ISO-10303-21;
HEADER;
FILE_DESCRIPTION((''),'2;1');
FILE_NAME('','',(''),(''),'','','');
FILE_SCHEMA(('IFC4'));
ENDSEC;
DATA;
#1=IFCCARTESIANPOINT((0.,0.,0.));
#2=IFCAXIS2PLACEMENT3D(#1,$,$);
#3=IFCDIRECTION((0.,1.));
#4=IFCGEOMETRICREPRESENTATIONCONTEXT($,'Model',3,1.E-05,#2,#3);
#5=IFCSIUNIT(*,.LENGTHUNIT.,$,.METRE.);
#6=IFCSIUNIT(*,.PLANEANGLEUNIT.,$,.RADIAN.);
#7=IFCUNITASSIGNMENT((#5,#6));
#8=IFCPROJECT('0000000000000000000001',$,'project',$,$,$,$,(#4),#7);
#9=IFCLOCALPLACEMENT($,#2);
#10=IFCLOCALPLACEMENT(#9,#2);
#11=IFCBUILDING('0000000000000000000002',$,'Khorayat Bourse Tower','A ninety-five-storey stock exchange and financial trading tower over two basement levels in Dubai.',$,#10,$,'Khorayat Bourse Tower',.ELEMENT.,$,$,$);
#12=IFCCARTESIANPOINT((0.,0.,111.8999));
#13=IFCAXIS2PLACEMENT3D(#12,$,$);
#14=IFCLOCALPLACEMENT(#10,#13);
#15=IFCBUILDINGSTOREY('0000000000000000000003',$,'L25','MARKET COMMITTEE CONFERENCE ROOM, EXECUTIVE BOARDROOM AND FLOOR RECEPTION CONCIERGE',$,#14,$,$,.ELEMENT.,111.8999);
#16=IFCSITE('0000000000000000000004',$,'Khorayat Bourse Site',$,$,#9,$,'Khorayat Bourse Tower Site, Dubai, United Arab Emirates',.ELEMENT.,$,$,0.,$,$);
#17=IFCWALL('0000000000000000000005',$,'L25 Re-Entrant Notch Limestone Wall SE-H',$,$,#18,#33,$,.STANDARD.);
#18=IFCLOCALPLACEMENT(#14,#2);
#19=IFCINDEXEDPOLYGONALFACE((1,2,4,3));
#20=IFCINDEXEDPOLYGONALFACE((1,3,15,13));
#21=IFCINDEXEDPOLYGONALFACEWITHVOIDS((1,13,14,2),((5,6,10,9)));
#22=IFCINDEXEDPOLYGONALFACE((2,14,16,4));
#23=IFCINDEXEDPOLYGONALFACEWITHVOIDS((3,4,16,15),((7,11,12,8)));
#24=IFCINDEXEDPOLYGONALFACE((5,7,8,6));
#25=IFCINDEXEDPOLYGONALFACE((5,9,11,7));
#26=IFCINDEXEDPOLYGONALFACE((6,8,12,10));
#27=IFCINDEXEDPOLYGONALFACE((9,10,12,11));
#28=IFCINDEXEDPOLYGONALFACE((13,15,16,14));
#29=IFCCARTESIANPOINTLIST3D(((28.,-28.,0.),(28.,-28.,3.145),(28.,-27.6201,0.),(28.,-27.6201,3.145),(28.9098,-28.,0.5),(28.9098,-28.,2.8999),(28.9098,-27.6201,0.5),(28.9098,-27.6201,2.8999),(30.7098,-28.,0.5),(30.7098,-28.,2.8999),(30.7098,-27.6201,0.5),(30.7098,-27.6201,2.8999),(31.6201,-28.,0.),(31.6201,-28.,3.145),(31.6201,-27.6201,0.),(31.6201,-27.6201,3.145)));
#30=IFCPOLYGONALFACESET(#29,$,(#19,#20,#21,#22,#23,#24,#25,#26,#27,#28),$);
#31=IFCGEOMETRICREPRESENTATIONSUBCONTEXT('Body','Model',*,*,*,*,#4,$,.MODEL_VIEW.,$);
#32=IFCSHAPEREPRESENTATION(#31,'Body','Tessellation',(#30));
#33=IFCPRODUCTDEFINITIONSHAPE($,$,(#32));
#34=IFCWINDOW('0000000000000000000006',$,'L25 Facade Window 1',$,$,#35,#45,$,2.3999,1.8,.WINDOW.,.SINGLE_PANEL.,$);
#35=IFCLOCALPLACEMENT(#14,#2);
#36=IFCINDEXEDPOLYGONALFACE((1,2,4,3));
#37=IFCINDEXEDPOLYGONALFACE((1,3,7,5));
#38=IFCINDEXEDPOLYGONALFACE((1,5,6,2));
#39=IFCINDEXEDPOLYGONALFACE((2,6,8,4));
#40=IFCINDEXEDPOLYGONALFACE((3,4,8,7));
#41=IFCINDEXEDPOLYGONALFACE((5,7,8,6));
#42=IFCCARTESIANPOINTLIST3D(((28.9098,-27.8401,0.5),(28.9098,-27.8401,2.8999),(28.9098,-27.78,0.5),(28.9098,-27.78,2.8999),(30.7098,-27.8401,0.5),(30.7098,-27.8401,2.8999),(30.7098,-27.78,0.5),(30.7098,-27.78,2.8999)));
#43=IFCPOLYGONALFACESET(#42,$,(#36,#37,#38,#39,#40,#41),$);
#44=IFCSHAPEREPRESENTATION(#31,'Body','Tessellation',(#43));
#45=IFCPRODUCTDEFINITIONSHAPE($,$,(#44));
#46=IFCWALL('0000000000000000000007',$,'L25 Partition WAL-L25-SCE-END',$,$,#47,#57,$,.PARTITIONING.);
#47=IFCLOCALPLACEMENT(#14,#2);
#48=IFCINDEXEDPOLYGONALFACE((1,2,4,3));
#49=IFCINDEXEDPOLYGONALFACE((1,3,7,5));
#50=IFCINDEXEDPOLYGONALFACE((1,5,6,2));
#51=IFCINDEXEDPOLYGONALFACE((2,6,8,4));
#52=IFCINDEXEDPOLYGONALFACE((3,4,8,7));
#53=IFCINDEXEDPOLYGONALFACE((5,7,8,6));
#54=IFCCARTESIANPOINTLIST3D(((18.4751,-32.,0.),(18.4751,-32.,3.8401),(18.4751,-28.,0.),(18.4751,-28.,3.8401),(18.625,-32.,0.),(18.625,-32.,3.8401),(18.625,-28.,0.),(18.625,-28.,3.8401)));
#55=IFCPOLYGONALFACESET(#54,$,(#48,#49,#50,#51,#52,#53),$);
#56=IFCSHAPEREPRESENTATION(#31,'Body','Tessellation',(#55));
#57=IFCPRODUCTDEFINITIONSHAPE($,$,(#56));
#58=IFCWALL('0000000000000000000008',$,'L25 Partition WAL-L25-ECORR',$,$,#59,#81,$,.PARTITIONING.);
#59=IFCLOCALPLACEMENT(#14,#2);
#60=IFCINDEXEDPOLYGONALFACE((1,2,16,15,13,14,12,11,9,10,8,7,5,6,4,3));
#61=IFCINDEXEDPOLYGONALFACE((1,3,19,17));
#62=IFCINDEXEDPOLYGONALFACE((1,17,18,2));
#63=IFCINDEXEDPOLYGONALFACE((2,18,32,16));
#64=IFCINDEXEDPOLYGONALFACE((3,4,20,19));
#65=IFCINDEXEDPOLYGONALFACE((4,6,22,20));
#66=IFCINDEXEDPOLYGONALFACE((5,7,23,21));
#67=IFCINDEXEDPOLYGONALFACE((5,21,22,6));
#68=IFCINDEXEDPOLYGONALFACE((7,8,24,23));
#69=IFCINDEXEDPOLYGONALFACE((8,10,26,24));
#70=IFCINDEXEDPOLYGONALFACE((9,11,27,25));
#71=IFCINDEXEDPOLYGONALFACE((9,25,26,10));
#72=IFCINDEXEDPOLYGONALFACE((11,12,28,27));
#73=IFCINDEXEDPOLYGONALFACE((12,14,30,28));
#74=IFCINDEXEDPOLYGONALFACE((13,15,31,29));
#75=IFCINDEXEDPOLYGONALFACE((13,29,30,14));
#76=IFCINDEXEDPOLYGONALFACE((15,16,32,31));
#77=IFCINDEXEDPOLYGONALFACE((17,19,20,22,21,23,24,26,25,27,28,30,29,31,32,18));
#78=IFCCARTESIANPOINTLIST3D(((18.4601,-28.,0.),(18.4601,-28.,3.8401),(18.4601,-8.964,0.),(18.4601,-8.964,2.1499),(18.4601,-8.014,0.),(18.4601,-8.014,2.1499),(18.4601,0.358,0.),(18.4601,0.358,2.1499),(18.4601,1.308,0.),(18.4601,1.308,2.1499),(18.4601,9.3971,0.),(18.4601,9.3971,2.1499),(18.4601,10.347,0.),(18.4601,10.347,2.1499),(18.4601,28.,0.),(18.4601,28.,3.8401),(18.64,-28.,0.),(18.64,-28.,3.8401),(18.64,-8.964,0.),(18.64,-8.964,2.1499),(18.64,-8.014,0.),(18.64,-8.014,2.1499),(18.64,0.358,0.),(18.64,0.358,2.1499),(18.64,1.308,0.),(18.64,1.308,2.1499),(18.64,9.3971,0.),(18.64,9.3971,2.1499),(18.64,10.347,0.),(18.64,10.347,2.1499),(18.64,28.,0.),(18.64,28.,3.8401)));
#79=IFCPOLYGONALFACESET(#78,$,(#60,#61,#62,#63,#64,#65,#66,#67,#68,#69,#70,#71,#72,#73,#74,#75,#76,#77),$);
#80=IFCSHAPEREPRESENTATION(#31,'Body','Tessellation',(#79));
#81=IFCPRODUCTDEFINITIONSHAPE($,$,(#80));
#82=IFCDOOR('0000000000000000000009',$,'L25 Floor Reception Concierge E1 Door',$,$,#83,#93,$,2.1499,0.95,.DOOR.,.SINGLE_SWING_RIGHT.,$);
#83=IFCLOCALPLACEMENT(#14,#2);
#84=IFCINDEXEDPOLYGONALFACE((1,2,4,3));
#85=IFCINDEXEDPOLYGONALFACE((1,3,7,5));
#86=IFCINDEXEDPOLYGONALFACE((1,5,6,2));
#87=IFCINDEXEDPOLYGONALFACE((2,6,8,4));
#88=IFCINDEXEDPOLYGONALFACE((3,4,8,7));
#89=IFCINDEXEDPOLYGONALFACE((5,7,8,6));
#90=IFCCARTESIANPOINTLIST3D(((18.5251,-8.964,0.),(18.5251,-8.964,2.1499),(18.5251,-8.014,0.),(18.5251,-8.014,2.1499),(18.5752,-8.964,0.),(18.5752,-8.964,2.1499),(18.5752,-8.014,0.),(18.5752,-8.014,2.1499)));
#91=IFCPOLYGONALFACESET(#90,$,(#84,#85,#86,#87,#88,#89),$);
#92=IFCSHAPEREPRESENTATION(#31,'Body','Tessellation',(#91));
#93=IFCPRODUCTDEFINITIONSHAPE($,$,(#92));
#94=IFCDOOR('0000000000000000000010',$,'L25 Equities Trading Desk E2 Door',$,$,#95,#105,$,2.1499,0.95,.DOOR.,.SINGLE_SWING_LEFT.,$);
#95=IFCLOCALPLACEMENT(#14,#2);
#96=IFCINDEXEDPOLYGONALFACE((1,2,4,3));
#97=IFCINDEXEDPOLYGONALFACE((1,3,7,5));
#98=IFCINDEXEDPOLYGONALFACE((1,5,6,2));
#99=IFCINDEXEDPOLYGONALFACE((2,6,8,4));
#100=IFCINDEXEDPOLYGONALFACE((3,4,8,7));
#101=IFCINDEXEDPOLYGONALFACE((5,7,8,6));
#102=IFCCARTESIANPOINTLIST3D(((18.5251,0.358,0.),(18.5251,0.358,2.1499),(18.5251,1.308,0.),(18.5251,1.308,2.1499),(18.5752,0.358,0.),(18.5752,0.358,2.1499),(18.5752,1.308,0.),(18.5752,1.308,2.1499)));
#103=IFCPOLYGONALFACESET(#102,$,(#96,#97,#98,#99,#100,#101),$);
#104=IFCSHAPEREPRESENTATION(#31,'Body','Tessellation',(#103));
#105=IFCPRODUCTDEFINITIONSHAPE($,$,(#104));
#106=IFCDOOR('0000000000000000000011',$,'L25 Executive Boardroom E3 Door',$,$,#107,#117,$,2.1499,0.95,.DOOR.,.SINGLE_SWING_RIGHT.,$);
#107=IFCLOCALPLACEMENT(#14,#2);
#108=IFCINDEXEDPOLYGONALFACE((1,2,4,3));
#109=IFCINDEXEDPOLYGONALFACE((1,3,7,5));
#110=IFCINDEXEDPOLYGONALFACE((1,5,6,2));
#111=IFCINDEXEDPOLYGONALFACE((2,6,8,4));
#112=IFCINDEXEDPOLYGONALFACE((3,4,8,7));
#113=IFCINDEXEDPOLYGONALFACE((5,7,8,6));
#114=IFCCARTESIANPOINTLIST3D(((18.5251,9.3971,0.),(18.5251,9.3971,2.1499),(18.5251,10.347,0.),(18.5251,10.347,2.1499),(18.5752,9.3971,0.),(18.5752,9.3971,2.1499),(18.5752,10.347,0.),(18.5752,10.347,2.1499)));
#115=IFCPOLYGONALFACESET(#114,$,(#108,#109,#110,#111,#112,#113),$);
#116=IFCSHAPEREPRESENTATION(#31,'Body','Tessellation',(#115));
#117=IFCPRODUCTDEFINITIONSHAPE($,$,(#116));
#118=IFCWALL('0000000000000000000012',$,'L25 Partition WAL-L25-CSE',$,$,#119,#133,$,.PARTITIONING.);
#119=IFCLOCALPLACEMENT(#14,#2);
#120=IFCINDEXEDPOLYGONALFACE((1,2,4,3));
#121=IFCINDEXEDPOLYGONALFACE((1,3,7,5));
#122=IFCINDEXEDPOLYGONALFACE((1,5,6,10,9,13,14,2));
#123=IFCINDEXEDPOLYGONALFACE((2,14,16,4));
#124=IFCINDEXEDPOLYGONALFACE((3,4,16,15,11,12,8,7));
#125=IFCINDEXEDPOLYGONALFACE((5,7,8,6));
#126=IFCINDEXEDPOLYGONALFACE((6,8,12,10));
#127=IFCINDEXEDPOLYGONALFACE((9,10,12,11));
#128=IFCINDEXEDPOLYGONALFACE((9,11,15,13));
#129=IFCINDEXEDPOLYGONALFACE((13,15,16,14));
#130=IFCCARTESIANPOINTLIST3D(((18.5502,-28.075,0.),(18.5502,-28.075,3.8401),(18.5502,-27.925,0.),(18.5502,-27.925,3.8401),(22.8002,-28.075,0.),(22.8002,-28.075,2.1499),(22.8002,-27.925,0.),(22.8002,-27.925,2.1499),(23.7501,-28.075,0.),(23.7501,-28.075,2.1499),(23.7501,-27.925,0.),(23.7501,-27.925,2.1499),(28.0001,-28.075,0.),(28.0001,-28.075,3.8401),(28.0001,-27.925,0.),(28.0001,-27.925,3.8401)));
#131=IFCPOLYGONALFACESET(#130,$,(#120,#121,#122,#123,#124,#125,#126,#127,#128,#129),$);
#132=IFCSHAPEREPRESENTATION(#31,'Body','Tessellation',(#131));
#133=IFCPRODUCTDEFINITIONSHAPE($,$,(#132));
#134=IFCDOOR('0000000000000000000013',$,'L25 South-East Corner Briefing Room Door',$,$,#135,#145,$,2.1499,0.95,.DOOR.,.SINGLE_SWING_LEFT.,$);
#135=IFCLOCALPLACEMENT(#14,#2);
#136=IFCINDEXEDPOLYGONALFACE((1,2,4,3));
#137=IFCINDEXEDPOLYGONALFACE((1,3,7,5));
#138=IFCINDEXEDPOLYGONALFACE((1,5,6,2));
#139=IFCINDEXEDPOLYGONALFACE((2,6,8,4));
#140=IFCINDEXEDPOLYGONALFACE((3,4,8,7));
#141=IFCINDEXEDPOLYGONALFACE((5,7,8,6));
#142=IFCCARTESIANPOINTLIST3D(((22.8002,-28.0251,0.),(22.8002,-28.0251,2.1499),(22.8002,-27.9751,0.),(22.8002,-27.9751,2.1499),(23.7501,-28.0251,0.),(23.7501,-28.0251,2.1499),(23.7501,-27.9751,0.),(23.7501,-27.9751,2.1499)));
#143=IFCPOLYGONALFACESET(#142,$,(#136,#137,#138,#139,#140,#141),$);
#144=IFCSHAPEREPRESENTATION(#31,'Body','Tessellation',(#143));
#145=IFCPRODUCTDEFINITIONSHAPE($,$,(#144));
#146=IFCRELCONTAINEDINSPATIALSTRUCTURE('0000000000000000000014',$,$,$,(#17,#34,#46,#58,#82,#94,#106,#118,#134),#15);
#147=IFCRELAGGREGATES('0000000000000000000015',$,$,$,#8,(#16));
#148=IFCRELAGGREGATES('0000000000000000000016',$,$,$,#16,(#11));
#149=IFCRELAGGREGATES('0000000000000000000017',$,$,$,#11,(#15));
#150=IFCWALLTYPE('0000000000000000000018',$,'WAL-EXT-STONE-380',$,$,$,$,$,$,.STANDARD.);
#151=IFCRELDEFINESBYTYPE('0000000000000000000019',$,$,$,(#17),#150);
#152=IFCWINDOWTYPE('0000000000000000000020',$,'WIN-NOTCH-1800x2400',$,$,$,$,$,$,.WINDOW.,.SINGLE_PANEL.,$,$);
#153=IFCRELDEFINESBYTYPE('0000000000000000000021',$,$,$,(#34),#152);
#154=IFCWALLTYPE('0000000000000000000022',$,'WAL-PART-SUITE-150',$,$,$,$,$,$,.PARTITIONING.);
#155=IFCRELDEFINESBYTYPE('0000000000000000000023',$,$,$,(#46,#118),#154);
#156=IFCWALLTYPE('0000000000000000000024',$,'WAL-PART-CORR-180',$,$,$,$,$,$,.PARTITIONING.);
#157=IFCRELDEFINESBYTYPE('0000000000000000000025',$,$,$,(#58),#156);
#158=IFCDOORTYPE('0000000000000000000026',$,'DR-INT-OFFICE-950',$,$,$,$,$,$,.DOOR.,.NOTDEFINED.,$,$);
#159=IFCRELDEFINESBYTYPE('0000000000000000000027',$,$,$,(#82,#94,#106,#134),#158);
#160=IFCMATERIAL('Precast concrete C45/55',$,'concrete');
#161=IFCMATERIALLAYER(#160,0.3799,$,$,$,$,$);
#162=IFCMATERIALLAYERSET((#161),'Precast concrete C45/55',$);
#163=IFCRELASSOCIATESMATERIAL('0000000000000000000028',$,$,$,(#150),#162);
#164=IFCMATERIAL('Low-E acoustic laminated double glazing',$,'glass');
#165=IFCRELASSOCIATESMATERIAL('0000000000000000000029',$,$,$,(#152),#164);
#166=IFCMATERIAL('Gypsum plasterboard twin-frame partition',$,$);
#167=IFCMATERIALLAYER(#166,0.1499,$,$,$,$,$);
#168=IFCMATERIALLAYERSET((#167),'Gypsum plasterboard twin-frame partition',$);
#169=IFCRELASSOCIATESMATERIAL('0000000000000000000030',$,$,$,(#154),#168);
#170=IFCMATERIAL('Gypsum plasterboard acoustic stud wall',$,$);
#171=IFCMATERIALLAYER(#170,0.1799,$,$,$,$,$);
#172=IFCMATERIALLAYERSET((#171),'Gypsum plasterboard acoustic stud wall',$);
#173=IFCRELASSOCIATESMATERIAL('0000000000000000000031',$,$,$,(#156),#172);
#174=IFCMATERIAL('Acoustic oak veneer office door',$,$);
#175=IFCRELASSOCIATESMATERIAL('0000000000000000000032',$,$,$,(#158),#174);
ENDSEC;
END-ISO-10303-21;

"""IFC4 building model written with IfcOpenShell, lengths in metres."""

from ifc_helpers import new_model, si_unit, direction, frame, frame_2d, origin, place, context, subcontext, project, spatial, rectangle, extrude, source, transform, mapped, material, layer, layer_set, type_object, element, fill, save


model = new_model("IFC4")

# Units and contexts
model_context = context("Model", 3, precision=1e-05, world=origin(), true_north=direction((0.0, 1.0)))
body_context = subcontext(model_context, "Body", "Model", "MODEL_VIEW")
ifc_project = project(units=[si_unit("LENGTHUNIT", "METRE"), si_unit("PLANEANGLEUNIT", "RADIAN")], contexts=[model_context])

# Site, building, storey
site_placement = place(None, origin())
site = spatial("IfcSite", under=ifc_project, at=site_placement, Name="Khorayat Bourse Site", LongName="Khorayat Bourse Tower Site, Dubai, United Arab Emirates", CompositionType="ELEMENT", RefElevation=0.0)
building_placement = place(site_placement, origin())
building = spatial("IfcBuilding", under=site, at=building_placement, Name="Khorayat Bourse Tower", Description="A ninety-five-storey stock exchange and financial trading tower over two basement levels in Dubai.", LongName="Khorayat Bourse Tower", CompositionType="ELEMENT")
storey_placement = place(building_placement, frame((0.0, 0.0, 111.8999)))
storey = spatial("IfcBuildingStorey", under=building, at=storey_placement, Name="L25", Description="MARKET COMMITTEE CONFERENCE ROOM, EXECUTIVE BOARDROOM AND FLOOR RECEPTION CONCIERGE", CompositionType="ELEMENT", Elevation=111.8999)

# Wall, opening, window
ifc_material_1 = material(Name="Precast concrete C45/55", Category="concrete")
ifc_layer_1 = layer(ifc_material_1, 0.3799)
ifc_layer_set_1 = layer_set([ifc_layer_1], Name="Precast concrete C45/55")
wall_type_1 = type_object("IfcWallType", Name="WAL-EXT-STONE-380", PredefinedType="STANDARD", material=ifc_layer_set_1)
shared_shape_1 = source(origin(), body_context, "Body", "SweptSolid", [
    extrude(rectangle(XDim=3.6201, YDim=0.3799, at=frame_2d((1.8101, 0.0))), origin(), (0.0, 0.0, 1.0), 3.145),
])
shared_shape_2 = source(origin(), body_context, "Body", "SweptSolid", [
    extrude(rectangle(XDim=1.8, YDim=2.3999, at=frame_2d((0.8999, 1.2))), frame((0.0, 0.2, 0.0), z_axis=(0.0, -1.0, 0.0), x_axis=(1.0, 0.0, 0.0)), (0.0, 0.0, 1.0), 0.3999),
])
ifc_material_2 = material(Name="Low-E acoustic laminated double glazing", Category="glass")
window_type = type_object("IfcWindowType", Name="WIN-NOTCH-1800x2400", PartitioningType="SINGLE_PANEL", PredefinedType="WINDOW", material=ifc_material_2)
shared_shape_3 = source(origin(), body_context, "Body", "SweptSolid", [
    extrude(rectangle(XDim=1.8, YDim=2.3999, at=frame_2d((0.8999, 1.2))), frame((0.0, 0.03, 0.0), z_axis=(0.0, -1.0, 0.0), x_axis=(1.0, 0.0, 0.0)), (0.0, 0.0, 1.0), 0.0601),
])
wall_1_placement = place(storey_placement, frame((28.0, -27.8101, 0.0), z_axis=(0.0, 0.0, 1.0), x_axis=(1.0, 0.0, 0.0)))
wall_1 = element("IfcWall", 1, at=wall_1_placement, inside=storey, type_object=wall_type_1, Name="L25 Re-Entrant Notch Limestone Wall SE-H", PredefinedType="STANDARD", context=body_context, shape_type="MappedRepresentation", body=[
    mapped(shared_shape_1, transform((0.0, 0.0, 0.0), scale=1.0)),
])
opening_1_placement = place(wall_1_placement, frame((0.9099, 0.0, 0.5)))
opening_1 = element("IfcOpeningElement", 2, at=opening_1_placement, cuts=wall_1, PredefinedType="OPENING", context=body_context, shape_type="MappedRepresentation", body=[
    mapped(shared_shape_2, transform((0.0, 0.0, 0.0), scale=1.0)),
])
window_1_placement = place(opening_1_placement, origin())
window_1 = element("IfcWindow", 3, at=window_1_placement, inside=storey, type_object=window_type, Name="L25 Facade Window 1", OverallHeight=2.3999, OverallWidth=1.8, PartitioningType="SINGLE_PANEL", PredefinedType="WINDOW", context=body_context, shape_type="MappedRepresentation", body=[
    mapped(shared_shape_3, transform((0.0, 0.0, 0.0), scale=1.0)),
])
fill(opening_1, window_1)

# Wall
ifc_material_3 = material(Name="Gypsum plasterboard twin-frame partition")
ifc_layer_2 = layer(ifc_material_3, 0.1499)
ifc_layer_set_2 = layer_set([ifc_layer_2], Name="Gypsum plasterboard twin-frame partition")
wall_type_2 = type_object("IfcWallType", Name="WAL-PART-SUITE-150", PredefinedType="PARTITIONING", material=ifc_layer_set_2)
shared_shape_4 = source(origin(), body_context, "Body", "SweptSolid", [
    extrude(rectangle(XDim=4.0, YDim=0.1499, at=frame_2d((2.0, 0.0))), origin(), (0.0, 0.0, 1.0), 3.8401),
])
wall_2_placement = place(storey_placement, frame((18.55, -32.0, 0.0), z_axis=(0.0, 0.0, 1.0), x_axis=(0.0, 1.0, 0.0)))
element("IfcWall", 4, at=wall_2_placement, inside=storey, type_object=wall_type_2, Name="L25 Partition WAL-L25-SCE-END", PredefinedType="PARTITIONING", context=body_context, shape_type="MappedRepresentation", body=[
    mapped(shared_shape_4, transform((0.0, 0.0, 0.0), scale=1.0)),
])

# Wall, openings, doors
ifc_material_4 = material(Name="Gypsum plasterboard acoustic stud wall")
ifc_layer_3 = layer(ifc_material_4, 0.1799)
ifc_layer_set_3 = layer_set([ifc_layer_3], Name="Gypsum plasterboard acoustic stud wall")
wall_type_3 = type_object("IfcWallType", Name="WAL-PART-CORR-180", PredefinedType="PARTITIONING", material=ifc_layer_set_3)
shared_shape_5 = source(origin(), body_context, "Body", "SweptSolid", [
    extrude(rectangle(XDim=56.0, YDim=0.1799, at=frame_2d((28.0, 0.0))), origin(), (0.0, 0.0, 1.0), 3.8401),
])
wall_3_placement = place(storey_placement, frame((18.55, -28.0, 0.0), z_axis=(0.0, 0.0, 1.0), x_axis=(0.0, 1.0, 0.0)))
wall_3 = element("IfcWall", 5, at=wall_3_placement, inside=storey, type_object=wall_type_3, Name="L25 Partition WAL-L25-ECORR", PredefinedType="PARTITIONING", context=body_context, shape_type="MappedRepresentation", body=[
    mapped(shared_shape_5, transform((0.0, 0.0, 0.0), scale=1.0)),
])
shared_shape_6 = source(origin(), body_context, "Body", "SweptSolid", [
    extrude(rectangle(XDim=0.95, YDim=2.1499, at=frame_2d((0.4751, 1.075))), frame((0.0, 0.0999, 0.0), z_axis=(0.0, -1.0, 0.0), x_axis=(1.0, 0.0, 0.0)), (0.0, 0.0, 1.0), 0.2),
])
opening_2_placement = place(wall_3_placement, frame((19.0359, 0.0, 0.0)))
opening_2 = element("IfcOpeningElement", 6, at=opening_2_placement, cuts=wall_3, PredefinedType="OPENING", context=body_context, shape_type="MappedRepresentation", body=[
    mapped(shared_shape_6, transform((0.0, 0.0, 0.0), scale=1.0)),
])
opening_3_placement = place(wall_3_placement, frame((28.3579, 0.0, 0.0)))
opening_3 = element("IfcOpeningElement", 7, at=opening_3_placement, cuts=wall_3, PredefinedType="OPENING", context=body_context, shape_type="MappedRepresentation", body=[
    mapped(shared_shape_6, transform((0.0, 0.0, 0.0), scale=1.0)),
])
opening_4_placement = place(wall_3_placement, frame((37.397, 0.0, 0.0)))
opening_4 = element("IfcOpeningElement", 8, at=opening_4_placement, cuts=wall_3, PredefinedType="OPENING", context=body_context, shape_type="MappedRepresentation", body=[
    mapped(shared_shape_6, transform((0.0, 0.0, 0.0), scale=1.0)),
])
ifc_material_5 = material(Name="Acoustic oak veneer office door")
door_type = type_object("IfcDoorType", Name="DR-INT-OFFICE-950", OperationType="NOTDEFINED", PredefinedType="DOOR", material=ifc_material_5)
shared_shape_7 = source(origin(), body_context, "Body", "SweptSolid", [
    extrude(rectangle(XDim=0.95, YDim=2.1499, at=frame_2d((0.4751, 1.075))), frame((0.0, 0.0249, 0.0), z_axis=(0.0, -1.0, 0.0), x_axis=(1.0, 0.0, 0.0)), (0.0, 0.0, 1.0), 0.05),
])
door_1_placement = place(opening_2_placement, origin())
door_1 = element("IfcDoor", 9, at=door_1_placement, inside=storey, type_object=door_type, Name="L25 Floor Reception Concierge E1 Door", OperationType="SINGLE_SWING_RIGHT", OverallHeight=2.1499, OverallWidth=0.95, PredefinedType="DOOR", context=body_context, shape_type="MappedRepresentation", body=[
    mapped(shared_shape_7, transform((0.0, 0.0, 0.0), scale=1.0)),
])
fill(opening_2, door_1)
door_2_placement = place(opening_3_placement, origin())
door_2 = element("IfcDoor", 10, at=door_2_placement, inside=storey, type_object=door_type, Name="L25 Equities Trading Desk E2 Door", OperationType="SINGLE_SWING_LEFT", OverallHeight=2.1499, OverallWidth=0.95, PredefinedType="DOOR", context=body_context, shape_type="MappedRepresentation", body=[
    mapped(shared_shape_7, transform((0.0, 0.0, 0.0), scale=1.0)),
])
fill(opening_3, door_2)
door_3_placement = place(opening_4_placement, origin())
door_3 = element("IfcDoor", 11, at=door_3_placement, inside=storey, type_object=door_type, Name="L25 Executive Boardroom E3 Door", OperationType="SINGLE_SWING_RIGHT", OverallHeight=2.1499, OverallWidth=0.95, PredefinedType="DOOR", context=body_context, shape_type="MappedRepresentation", body=[
    mapped(shared_shape_7, transform((0.0, 0.0, 0.0), scale=1.0)),
])
fill(opening_4, door_3)

# Wall, opening, door
shared_shape_8 = source(origin(), body_context, "Body", "SweptSolid", [
    extrude(rectangle(XDim=9.45, YDim=0.1499, at=frame_2d((4.7251, 0.0))), origin(), (0.0, 0.0, 1.0), 3.8401),
])
wall_4_placement = place(storey_placement, frame((18.55, -28.0, 0.0), z_axis=(0.0, 0.0, 1.0), x_axis=(1.0, 0.0, 0.0)))
wall_4 = element("IfcWall", 12, at=wall_4_placement, inside=storey, type_object=wall_type_2, Name="L25 Partition WAL-L25-CSE", PredefinedType="PARTITIONING", context=body_context, shape_type="MappedRepresentation", body=[
    mapped(shared_shape_8, transform((0.0, 0.0, 0.0), scale=1.0)),
])
shared_shape_9 = source(origin(), body_context, "Body", "SweptSolid", [
    extrude(rectangle(XDim=0.95, YDim=2.1499, at=frame_2d((0.4751, 1.075))), frame((0.0, 0.085, 0.0), z_axis=(0.0, -1.0, 0.0), x_axis=(1.0, 0.0, 0.0)), (0.0, 0.0, 1.0), 0.1699),
])
opening_5_placement = place(wall_4_placement, frame((4.25, 0.0, 0.0)))
opening_5 = element("IfcOpeningElement", 13, at=opening_5_placement, cuts=wall_4, PredefinedType="OPENING", context=body_context, shape_type="MappedRepresentation", body=[
    mapped(shared_shape_9, transform((0.0, 0.0, 0.0), scale=1.0)),
])
door_4_placement = place(opening_5_placement, origin())
door_4 = element("IfcDoor", 14, at=door_4_placement, inside=storey, type_object=door_type, Name="L25 South-East Corner Briefing Room Door", OperationType="SINGLE_SWING_LEFT", OverallHeight=2.1499, OverallWidth=0.95, PredefinedType="DOOR", context=body_context, shape_type="MappedRepresentation", body=[
    mapped(shared_shape_7, transform((0.0, 0.0, 0.0), scale=1.0)),
])
fill(opening_5, door_4)

save(model, "model.ifc")
